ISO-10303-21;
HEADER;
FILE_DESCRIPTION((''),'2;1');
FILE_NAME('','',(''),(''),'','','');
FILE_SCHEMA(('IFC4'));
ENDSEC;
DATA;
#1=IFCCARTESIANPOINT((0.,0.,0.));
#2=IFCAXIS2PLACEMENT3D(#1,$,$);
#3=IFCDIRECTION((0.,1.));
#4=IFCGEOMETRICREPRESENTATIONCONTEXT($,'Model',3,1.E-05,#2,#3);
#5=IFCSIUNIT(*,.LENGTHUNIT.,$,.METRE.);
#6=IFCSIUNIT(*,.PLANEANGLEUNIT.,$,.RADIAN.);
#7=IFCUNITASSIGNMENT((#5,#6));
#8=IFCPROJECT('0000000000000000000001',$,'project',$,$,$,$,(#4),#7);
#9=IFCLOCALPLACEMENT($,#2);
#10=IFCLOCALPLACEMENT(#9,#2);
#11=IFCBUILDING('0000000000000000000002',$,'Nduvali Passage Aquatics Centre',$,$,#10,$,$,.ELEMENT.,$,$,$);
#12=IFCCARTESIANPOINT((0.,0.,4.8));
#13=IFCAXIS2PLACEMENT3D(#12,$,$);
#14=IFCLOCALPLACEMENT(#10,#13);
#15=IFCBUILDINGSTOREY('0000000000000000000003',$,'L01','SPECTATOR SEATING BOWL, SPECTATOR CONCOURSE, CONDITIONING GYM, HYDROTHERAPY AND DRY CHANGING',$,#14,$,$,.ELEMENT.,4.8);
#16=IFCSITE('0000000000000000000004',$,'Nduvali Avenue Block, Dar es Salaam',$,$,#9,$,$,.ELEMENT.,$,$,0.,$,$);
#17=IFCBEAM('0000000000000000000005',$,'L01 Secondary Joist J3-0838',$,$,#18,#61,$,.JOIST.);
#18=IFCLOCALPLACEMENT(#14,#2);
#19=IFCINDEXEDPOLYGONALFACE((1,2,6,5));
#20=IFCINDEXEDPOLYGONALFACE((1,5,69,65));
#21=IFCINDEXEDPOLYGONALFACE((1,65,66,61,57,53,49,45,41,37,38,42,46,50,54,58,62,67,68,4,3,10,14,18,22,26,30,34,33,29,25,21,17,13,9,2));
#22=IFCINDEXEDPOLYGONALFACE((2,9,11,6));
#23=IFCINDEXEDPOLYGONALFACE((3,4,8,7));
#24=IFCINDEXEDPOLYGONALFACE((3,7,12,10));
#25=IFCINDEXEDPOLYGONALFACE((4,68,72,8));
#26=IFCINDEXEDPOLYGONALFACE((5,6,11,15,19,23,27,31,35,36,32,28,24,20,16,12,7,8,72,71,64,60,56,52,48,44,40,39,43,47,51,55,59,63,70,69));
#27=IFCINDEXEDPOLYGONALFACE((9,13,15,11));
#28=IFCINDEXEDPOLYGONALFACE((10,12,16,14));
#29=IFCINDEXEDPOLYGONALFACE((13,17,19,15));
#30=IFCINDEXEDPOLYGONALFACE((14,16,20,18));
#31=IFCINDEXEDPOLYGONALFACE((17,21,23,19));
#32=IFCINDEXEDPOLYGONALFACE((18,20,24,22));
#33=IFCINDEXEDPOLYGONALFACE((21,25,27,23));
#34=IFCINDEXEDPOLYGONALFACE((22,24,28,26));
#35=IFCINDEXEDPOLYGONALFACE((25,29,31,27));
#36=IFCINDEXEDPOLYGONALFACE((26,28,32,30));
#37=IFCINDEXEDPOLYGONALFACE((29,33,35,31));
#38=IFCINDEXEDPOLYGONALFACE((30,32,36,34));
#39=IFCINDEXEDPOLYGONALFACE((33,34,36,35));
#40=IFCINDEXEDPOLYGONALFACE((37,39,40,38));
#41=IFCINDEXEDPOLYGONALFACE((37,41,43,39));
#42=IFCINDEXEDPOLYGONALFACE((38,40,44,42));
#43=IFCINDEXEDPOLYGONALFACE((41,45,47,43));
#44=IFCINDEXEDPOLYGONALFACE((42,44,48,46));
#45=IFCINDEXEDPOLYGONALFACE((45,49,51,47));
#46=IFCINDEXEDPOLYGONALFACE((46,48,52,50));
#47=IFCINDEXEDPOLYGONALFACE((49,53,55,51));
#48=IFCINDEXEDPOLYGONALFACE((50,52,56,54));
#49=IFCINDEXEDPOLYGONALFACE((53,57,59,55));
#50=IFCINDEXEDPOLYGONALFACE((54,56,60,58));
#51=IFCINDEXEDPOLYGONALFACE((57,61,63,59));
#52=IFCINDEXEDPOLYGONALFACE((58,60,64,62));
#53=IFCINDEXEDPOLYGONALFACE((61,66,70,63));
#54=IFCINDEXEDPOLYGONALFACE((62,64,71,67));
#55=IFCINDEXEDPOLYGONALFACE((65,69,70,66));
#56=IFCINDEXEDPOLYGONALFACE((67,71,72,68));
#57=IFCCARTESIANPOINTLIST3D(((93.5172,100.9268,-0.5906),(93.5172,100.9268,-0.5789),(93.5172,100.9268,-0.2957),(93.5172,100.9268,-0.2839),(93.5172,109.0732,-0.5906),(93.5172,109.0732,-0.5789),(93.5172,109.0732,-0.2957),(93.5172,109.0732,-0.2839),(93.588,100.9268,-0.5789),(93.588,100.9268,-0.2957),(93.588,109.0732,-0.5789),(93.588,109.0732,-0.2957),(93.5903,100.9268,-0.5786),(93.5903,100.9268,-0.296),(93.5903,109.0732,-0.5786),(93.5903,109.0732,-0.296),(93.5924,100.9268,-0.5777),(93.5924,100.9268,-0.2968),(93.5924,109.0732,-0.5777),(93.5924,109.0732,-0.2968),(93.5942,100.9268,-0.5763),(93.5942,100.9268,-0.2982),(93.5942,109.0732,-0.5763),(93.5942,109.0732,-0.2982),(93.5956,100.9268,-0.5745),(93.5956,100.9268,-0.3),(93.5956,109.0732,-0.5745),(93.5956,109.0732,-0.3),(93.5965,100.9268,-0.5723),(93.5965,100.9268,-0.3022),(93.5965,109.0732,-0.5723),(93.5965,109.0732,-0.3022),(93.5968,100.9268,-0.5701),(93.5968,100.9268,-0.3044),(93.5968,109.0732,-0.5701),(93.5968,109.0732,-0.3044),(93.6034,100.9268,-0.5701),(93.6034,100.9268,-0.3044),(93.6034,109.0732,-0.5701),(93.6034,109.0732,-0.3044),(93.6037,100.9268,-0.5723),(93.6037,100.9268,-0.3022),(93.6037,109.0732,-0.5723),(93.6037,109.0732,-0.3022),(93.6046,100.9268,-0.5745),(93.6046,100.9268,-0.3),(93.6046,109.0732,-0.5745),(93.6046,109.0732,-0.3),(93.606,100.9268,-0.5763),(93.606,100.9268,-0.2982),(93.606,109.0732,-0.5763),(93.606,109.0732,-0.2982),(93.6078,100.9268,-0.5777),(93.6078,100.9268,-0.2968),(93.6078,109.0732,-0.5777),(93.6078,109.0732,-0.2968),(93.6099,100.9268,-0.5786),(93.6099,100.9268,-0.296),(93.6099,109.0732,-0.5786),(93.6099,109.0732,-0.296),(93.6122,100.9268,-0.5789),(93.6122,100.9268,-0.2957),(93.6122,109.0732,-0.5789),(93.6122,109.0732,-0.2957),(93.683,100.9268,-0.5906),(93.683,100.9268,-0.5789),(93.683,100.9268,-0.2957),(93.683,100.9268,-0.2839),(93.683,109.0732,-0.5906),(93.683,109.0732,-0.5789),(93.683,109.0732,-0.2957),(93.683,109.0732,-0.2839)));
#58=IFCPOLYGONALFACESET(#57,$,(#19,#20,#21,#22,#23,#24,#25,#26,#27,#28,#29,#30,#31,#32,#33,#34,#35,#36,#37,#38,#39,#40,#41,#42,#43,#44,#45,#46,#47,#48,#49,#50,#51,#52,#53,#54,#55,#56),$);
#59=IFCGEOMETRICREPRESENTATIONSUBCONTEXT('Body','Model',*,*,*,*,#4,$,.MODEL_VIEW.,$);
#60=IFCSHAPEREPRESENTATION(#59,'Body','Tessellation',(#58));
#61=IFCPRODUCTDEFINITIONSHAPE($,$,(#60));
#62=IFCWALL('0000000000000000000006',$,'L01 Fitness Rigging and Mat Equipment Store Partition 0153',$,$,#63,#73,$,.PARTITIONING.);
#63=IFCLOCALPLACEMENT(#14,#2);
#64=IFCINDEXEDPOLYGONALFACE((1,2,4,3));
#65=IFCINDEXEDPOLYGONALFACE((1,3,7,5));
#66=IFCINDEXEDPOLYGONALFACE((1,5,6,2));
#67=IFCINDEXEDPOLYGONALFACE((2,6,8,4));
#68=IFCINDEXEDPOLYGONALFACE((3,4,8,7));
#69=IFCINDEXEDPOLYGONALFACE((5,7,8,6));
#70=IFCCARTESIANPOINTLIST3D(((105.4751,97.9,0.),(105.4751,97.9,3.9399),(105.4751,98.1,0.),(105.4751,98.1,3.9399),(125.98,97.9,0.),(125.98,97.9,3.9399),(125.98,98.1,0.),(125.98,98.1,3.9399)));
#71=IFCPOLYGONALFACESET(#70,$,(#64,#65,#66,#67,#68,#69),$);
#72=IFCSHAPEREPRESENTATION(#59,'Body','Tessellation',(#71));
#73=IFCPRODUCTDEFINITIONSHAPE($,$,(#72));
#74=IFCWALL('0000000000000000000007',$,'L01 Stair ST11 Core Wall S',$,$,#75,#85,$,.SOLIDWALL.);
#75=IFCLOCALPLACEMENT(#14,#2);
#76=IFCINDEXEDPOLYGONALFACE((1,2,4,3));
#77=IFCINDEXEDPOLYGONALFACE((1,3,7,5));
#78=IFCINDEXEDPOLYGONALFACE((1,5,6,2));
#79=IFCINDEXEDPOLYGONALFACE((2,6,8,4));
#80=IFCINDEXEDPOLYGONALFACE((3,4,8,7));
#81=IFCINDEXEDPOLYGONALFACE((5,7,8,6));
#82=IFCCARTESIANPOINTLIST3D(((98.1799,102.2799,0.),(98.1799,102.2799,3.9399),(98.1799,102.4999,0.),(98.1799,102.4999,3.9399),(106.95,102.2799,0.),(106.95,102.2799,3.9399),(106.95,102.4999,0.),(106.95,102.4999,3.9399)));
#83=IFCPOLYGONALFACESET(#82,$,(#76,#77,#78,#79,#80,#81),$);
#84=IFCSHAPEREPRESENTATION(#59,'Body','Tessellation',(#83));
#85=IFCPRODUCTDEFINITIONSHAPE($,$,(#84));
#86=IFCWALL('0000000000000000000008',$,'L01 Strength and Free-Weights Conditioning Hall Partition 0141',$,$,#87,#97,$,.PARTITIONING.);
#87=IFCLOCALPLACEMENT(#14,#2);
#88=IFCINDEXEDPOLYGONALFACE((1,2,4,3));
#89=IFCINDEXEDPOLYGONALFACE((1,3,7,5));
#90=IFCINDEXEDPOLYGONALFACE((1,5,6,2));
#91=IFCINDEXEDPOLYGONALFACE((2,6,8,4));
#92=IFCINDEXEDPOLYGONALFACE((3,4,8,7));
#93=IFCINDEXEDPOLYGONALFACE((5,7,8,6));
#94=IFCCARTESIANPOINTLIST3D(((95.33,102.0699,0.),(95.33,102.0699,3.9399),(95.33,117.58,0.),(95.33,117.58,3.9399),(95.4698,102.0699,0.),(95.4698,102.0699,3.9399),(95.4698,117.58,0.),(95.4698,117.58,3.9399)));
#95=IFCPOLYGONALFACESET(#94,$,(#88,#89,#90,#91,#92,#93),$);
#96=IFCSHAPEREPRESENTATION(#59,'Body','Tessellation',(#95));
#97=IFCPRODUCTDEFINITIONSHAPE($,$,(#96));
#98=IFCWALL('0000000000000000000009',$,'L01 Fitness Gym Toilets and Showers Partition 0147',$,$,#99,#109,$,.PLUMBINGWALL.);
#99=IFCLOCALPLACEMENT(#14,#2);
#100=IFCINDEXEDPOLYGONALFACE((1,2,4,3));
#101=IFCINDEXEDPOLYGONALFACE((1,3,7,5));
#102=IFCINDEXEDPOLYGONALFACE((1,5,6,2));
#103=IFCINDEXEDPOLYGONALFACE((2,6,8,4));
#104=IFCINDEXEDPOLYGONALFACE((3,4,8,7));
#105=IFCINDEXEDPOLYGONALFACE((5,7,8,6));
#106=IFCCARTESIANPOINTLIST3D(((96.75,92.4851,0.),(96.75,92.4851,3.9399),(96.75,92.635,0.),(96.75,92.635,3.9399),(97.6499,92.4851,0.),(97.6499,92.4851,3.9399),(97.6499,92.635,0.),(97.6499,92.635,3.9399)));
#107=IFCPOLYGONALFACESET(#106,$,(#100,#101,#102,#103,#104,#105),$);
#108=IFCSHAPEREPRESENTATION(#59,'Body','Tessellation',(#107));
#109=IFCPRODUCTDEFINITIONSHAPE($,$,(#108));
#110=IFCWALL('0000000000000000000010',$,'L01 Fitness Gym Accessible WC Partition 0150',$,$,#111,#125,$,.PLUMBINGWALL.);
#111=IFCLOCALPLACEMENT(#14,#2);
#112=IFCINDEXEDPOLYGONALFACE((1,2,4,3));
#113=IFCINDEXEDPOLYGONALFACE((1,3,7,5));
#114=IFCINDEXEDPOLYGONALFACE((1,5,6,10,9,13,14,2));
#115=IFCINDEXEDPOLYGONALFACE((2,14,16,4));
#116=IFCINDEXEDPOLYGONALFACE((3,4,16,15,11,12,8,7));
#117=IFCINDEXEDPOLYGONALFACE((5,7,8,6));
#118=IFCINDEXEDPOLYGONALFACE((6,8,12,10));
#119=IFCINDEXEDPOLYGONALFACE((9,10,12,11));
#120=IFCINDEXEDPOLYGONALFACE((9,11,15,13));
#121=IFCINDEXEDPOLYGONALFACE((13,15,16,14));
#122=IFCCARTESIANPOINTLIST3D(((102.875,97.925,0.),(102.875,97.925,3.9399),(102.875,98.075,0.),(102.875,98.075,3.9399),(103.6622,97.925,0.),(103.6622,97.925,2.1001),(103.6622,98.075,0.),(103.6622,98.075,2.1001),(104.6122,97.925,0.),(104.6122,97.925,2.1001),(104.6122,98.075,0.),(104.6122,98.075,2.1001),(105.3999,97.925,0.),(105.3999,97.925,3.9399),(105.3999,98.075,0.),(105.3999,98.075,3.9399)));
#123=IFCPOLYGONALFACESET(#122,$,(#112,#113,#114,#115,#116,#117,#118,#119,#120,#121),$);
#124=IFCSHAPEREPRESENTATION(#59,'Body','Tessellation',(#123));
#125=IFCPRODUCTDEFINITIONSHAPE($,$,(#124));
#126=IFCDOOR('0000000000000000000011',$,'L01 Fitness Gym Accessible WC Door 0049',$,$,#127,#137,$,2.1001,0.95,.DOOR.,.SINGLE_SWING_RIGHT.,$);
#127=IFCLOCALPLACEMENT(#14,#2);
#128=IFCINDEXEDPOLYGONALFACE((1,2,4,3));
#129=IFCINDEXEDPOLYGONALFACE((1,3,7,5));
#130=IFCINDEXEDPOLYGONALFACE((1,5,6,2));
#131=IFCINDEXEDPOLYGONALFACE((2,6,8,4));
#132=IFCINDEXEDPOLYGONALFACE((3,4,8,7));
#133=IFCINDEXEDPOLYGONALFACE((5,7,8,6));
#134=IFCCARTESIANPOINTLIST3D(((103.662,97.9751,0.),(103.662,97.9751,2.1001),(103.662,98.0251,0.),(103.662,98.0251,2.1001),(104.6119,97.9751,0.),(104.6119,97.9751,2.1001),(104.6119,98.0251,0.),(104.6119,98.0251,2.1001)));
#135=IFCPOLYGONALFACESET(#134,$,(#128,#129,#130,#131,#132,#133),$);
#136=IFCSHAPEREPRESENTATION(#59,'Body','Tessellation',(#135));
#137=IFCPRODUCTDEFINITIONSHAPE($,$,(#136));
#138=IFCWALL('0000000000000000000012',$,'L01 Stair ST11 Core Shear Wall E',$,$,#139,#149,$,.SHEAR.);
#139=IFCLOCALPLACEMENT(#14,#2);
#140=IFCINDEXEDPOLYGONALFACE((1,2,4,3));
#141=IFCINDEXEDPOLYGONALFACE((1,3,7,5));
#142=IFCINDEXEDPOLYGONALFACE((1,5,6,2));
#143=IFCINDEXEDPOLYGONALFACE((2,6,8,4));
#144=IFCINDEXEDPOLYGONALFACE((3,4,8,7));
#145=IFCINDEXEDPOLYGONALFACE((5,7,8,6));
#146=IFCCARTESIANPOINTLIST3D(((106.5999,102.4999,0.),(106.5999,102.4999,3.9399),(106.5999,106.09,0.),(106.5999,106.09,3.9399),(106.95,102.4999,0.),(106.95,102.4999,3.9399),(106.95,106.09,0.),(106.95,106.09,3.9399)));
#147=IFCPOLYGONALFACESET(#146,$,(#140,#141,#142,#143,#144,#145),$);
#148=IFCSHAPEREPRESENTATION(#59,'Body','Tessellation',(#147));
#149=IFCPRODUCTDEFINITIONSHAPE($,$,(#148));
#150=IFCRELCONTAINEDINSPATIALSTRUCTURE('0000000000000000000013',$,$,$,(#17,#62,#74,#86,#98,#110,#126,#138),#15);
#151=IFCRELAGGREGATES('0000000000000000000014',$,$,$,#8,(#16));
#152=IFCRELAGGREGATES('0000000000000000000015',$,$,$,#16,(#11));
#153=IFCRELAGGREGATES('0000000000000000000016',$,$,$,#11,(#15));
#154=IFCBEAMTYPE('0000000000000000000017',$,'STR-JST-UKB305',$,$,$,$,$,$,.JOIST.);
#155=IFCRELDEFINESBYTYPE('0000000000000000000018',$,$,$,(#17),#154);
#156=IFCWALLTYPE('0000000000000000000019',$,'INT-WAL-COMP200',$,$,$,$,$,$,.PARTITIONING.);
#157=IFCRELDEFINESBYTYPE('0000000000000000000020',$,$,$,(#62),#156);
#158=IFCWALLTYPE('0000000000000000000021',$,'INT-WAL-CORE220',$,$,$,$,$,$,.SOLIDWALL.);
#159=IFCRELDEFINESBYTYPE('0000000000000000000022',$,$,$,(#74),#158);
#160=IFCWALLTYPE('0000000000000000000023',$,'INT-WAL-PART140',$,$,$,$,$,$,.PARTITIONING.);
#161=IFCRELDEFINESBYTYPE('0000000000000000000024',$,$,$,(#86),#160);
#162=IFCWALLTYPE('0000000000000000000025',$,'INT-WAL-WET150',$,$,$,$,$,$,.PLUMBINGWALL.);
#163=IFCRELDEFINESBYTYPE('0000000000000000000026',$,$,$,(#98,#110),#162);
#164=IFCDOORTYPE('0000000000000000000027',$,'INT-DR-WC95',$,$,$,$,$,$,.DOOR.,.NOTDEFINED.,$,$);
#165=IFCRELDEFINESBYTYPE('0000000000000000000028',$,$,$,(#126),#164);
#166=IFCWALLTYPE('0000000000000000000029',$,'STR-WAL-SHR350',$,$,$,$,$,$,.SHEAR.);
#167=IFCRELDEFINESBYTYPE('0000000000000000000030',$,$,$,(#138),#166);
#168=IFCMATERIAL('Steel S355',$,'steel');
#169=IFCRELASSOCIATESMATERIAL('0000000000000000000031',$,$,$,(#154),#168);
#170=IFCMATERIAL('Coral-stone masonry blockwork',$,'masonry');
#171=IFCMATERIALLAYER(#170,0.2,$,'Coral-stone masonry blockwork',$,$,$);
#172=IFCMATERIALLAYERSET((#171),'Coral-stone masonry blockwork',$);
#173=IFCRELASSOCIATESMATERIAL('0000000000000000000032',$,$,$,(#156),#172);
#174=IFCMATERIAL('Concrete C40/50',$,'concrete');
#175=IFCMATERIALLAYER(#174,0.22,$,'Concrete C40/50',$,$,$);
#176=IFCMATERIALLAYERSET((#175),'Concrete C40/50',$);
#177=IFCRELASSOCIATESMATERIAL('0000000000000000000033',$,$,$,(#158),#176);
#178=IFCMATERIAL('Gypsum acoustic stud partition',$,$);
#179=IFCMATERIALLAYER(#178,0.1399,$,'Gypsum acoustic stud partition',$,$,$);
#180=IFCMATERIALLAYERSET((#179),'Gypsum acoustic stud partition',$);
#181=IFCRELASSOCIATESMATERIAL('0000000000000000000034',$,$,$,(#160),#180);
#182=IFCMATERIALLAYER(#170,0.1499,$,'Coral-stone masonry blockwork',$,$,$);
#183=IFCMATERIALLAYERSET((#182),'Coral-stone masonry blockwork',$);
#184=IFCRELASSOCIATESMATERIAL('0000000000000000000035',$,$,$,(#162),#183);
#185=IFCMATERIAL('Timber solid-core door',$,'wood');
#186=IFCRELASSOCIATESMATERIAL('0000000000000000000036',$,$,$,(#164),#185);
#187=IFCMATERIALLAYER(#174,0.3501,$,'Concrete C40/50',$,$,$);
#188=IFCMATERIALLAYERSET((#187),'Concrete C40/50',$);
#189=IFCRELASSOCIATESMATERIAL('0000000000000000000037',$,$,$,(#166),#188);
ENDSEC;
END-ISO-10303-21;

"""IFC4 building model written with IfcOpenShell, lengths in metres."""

from ifc_helpers import new_model, si_unit, direction, frame, frame_2d, origin, origin_2d, place, context, subcontext, project, spatial, rectangle, i_section, extrude, material, layer, layer_set, material_profile, profile_set, type_object, element, fill, save


model = new_model("IFC4")

# Units and contexts
model_context = context("Model", 3, precision=1e-05, world=origin(), true_north=direction((0.0, 1.0)))
body_context = subcontext(model_context, "Body", "Model", "MODEL_VIEW")
ifc_project = project(units=[si_unit("LENGTHUNIT", "METRE"), si_unit("PLANEANGLEUNIT", "RADIAN")], contexts=[model_context])

# Site, building, storey
site_placement = place(None, origin())
site = spatial("IfcSite", under=ifc_project, at=site_placement, Name="Nduvali Avenue Block, Dar es Salaam", CompositionType="ELEMENT", RefElevation=0.0)
building_placement = place(site_placement, origin())
building = spatial("IfcBuilding", under=site, at=building_placement, Name="Nduvali Passage Aquatics Centre", CompositionType="ELEMENT")
storey_placement = place(building_placement, frame((0.0, 0.0, 4.8)))
storey = spatial("IfcBuildingStorey", under=building, at=storey_placement, Name="L01", Description="SPECTATOR SEATING BOWL, SPECTATOR CONCOURSE, CONDITIONING GYM, HYDROTHERAPY AND DRY CHANGING", CompositionType="ELEMENT", Elevation=4.8)

# Shared definitions
ifc_material_1 = material(Name="Steel S355", Category="steel")

# Beam
ifc_material_profile_1 = material_profile(ifc_material_1, i_section(OverallWidth=0.1658, OverallDepth=0.3066, WebThickness=0.0066, FlangeThickness=0.0117, FilletRadius=0.0088, at=origin_2d()), Name="UKB 305x165x46")
ifc_profile_set_1 = profile_set([ifc_material_profile_1], Name="Steel S355")
beam_type_1 = type_object("IfcBeamType", Name="STR-JST-UKB305", PredefinedType="JOIST", material=ifc_profile_set_1)
beam_1_placement = place(storey_placement, frame((93.6001, 100.9268, -0.4373), z_axis=(0.0, 1.0, 0.0), x_axis=(-1.0, 0.0, 0.0)))
element("IfcBeam", 1, at=beam_1_placement, inside=storey, type_object=beam_type_1, Name="L01 Secondary Joist J3-0838", PredefinedType="JOIST", context=body_context, shape_type="SweptSolid", body=[
    extrude(i_section(OverallWidth=0.1658, OverallDepth=0.3066, WebThickness=0.0066, FlangeThickness=0.0117, FilletRadius=0.0088, at=origin_2d()), origin(), (0.0, 0.0, 1.0), 8.1465),
])

# Walls
ifc_material_2 = material(Name="Coral-stone masonry blockwork", Category="masonry")
ifc_layer_1 = layer(ifc_material_2, 0.2, Name="Coral-stone masonry blockwork")
ifc_layer_set_1 = layer_set([ifc_layer_1], Name="Coral-stone masonry blockwork")
wall_type_1 = type_object("IfcWallType", Name="INT-WAL-COMP200", PredefinedType="PARTITIONING", material=ifc_layer_set_1)
wall_1_placement = place(storey_placement, frame((105.4751, 98.0, 0.0), z_axis=(0.0, 0.0, 1.0), x_axis=(1.0, 0.0, 0.0)))
element("IfcWall", 2, at=wall_1_placement, inside=storey, type_object=wall_type_1, Name="L01 Fitness Rigging and Mat Equipment Store Partition 0153", PredefinedType="PARTITIONING", context=body_context, shape_type="SweptSolid", body=[
    extrude(rectangle(XDim=20.5049, YDim=0.2, at=frame_2d((10.2524, 0.0))), origin(), (0.0, 0.0, 1.0), 3.9399),
])
ifc_material_3 = material(Name="Concrete C40/50", Category="concrete")
ifc_layer_2 = layer(ifc_material_3, 0.22, Name="Concrete C40/50")
ifc_layer_set_2 = layer_set([ifc_layer_2], Name="Concrete C40/50")
wall_type_2 = type_object("IfcWallType", Name="INT-WAL-CORE220", PredefinedType="SOLIDWALL", material=ifc_layer_set_2)
wall_2_placement = place(storey_placement, frame((98.1799, 102.3899, 0.0), z_axis=(0.0, 0.0, 1.0), x_axis=(1.0, 0.0, 0.0)))
element("IfcWall", 3, at=wall_2_placement, inside=storey, type_object=wall_type_2, Name="L01 Stair ST11 Core Wall S", PredefinedType="SOLIDWALL", context=body_context, shape_type="SweptSolid", body=[
    extrude(rectangle(XDim=8.77, YDim=0.22, at=frame_2d((4.385, 0.0))), origin(), (0.0, 0.0, 1.0), 3.9399),
])
ifc_material_4 = material(Name="Gypsum acoustic stud partition")
ifc_layer_3 = layer(ifc_material_4, 0.1399, Name="Gypsum acoustic stud partition")
ifc_layer_set_3 = layer_set([ifc_layer_3], Name="Gypsum acoustic stud partition")
wall_type_3 = type_object("IfcWallType", Name="INT-WAL-PART140", PredefinedType="PARTITIONING", material=ifc_layer_set_3)
wall_3_placement = place(storey_placement, frame((95.3999, 102.0701, 0.0), z_axis=(0.0, 0.0, 1.0), x_axis=(0.0, 1.0, 0.0)))
element("IfcWall", 4, at=wall_3_placement, inside=storey, type_object=wall_type_3, Name="L01 Strength and Free-Weights Conditioning Hall Partition 0141", PredefinedType="PARTITIONING", context=body_context, shape_type="SweptSolid", body=[
    extrude(rectangle(XDim=15.51, YDim=0.1399, at=frame_2d((7.7549, 0.0))), origin(), (0.0, 0.0, 1.0), 3.9399),
])
ifc_layer_4 = layer(ifc_material_2, 0.1499, Name="Coral-stone masonry blockwork")
ifc_layer_set_4 = layer_set([ifc_layer_4], Name="Coral-stone masonry blockwork")
wall_type_4 = type_object("IfcWallType", Name="INT-WAL-WET150", PredefinedType="PLUMBINGWALL", material=ifc_layer_set_4)
wall_4_placement = place(storey_placement, frame((96.75, 92.5601, 0.0), z_axis=(0.0, 0.0, 1.0), x_axis=(1.0, 0.0, 0.0)))
element("IfcWall", 5, at=wall_4_placement, inside=storey, type_object=wall_type_4, Name="L01 Fitness Gym Toilets and Showers Partition 0147", PredefinedType="PLUMBINGWALL", context=body_context, shape_type="SweptSolid", body=[
    extrude(rectangle(XDim=0.8999, YDim=0.1499, at=frame_2d((0.45, 0.0))), origin(), (0.0, 0.0, 1.0), 3.9399),
])

# Wall, opening, door
wall_5_placement = place(storey_placement, frame((102.875, 98.0, 0.0), z_axis=(0.0, 0.0, 1.0), x_axis=(1.0, 0.0, 0.0)))
wall_5 = element("IfcWall", 6, at=wall_5_placement, inside=storey, type_object=wall_type_4, Name="L01 Fitness Gym Accessible WC Partition 0150", PredefinedType="PLUMBINGWALL", context=body_context, shape_type="SweptSolid", body=[
    extrude(rectangle(XDim=2.5249, YDim=0.1499, at=frame_2d((1.2625, 0.0))), origin(), (0.0, 0.0, 1.0), 3.9399),
])
opening_placement = place(wall_5_placement, frame((0.7871, 0.0, 0.0)))
opening = element("IfcOpeningElement", 7, at=opening_placement, cuts=wall_5, PredefinedType="OPENING", context=body_context, shape_type="SweptSolid", body=[
    extrude(rectangle(XDim=0.95, YDim=2.1001, at=frame_2d((0.4751, 1.05))), frame((0.0, 0.0898, 0.0), z_axis=(0.0, -1.0, 0.0), x_axis=(1.0, 0.0, 0.0)), (0.0, 0.0, 1.0), 0.1797),
])
ifc_material_5 = material(Name="Timber solid-core door", Category="wood")
door_type = type_object("IfcDoorType", Name="INT-DR-WC95", OperationType="NOTDEFINED", PredefinedType="DOOR", material=ifc_material_5)
door_placement = place(opening_placement, frame((0.95, 0.0, 0.0), z_axis=(0.0, 0.0, 1.0), x_axis=(-1.0, 0.0, 0.0)))
door = element("IfcDoor", 8, at=door_placement, inside=storey, type_object=door_type, Name="L01 Fitness Gym Accessible WC Door 0049", OperationType="SINGLE_SWING_RIGHT", OverallHeight=2.1001, OverallWidth=0.95, PredefinedType="DOOR", context=body_context, shape_type="SweptSolid", body=[
    extrude(rectangle(XDim=0.95, YDim=2.1001, at=frame_2d((0.4751, 1.05))), frame((0.0, 0.0249, 0.0), z_axis=(0.0, -1.0, 0.0), x_axis=(1.0, 0.0, 0.0)), (0.0, 0.0, 1.0), 0.05),
])
fill(opening, door)

# Wall
ifc_layer_5 = layer(ifc_material_3, 0.3501, Name="Concrete C40/50")
ifc_layer_set_5 = layer_set([ifc_layer_5], Name="Concrete C40/50")
wall_type_5 = type_object("IfcWallType", Name="STR-WAL-SHR350", PredefinedType="SHEAR", material=ifc_layer_set_5)
wall_6_placement = place(storey_placement, frame((106.7749, 102.5, 0.0), z_axis=(0.0, 0.0, 1.0), x_axis=(0.0, 1.0, 0.0)))
element("IfcWall", 9, at=wall_6_placement, inside=storey, type_object=wall_type_5, Name="L01 Stair ST11 Core Shear Wall E", PredefinedType="SHEAR", context=body_context, shape_type="SweptSolid", body=[
    extrude(rectangle(XDim=3.5901, YDim=0.3501, at=frame_2d((1.7949, 0.0))), origin(), (0.0, 0.0, 1.0), 3.9399),
])

save(model, "model.ifc")
